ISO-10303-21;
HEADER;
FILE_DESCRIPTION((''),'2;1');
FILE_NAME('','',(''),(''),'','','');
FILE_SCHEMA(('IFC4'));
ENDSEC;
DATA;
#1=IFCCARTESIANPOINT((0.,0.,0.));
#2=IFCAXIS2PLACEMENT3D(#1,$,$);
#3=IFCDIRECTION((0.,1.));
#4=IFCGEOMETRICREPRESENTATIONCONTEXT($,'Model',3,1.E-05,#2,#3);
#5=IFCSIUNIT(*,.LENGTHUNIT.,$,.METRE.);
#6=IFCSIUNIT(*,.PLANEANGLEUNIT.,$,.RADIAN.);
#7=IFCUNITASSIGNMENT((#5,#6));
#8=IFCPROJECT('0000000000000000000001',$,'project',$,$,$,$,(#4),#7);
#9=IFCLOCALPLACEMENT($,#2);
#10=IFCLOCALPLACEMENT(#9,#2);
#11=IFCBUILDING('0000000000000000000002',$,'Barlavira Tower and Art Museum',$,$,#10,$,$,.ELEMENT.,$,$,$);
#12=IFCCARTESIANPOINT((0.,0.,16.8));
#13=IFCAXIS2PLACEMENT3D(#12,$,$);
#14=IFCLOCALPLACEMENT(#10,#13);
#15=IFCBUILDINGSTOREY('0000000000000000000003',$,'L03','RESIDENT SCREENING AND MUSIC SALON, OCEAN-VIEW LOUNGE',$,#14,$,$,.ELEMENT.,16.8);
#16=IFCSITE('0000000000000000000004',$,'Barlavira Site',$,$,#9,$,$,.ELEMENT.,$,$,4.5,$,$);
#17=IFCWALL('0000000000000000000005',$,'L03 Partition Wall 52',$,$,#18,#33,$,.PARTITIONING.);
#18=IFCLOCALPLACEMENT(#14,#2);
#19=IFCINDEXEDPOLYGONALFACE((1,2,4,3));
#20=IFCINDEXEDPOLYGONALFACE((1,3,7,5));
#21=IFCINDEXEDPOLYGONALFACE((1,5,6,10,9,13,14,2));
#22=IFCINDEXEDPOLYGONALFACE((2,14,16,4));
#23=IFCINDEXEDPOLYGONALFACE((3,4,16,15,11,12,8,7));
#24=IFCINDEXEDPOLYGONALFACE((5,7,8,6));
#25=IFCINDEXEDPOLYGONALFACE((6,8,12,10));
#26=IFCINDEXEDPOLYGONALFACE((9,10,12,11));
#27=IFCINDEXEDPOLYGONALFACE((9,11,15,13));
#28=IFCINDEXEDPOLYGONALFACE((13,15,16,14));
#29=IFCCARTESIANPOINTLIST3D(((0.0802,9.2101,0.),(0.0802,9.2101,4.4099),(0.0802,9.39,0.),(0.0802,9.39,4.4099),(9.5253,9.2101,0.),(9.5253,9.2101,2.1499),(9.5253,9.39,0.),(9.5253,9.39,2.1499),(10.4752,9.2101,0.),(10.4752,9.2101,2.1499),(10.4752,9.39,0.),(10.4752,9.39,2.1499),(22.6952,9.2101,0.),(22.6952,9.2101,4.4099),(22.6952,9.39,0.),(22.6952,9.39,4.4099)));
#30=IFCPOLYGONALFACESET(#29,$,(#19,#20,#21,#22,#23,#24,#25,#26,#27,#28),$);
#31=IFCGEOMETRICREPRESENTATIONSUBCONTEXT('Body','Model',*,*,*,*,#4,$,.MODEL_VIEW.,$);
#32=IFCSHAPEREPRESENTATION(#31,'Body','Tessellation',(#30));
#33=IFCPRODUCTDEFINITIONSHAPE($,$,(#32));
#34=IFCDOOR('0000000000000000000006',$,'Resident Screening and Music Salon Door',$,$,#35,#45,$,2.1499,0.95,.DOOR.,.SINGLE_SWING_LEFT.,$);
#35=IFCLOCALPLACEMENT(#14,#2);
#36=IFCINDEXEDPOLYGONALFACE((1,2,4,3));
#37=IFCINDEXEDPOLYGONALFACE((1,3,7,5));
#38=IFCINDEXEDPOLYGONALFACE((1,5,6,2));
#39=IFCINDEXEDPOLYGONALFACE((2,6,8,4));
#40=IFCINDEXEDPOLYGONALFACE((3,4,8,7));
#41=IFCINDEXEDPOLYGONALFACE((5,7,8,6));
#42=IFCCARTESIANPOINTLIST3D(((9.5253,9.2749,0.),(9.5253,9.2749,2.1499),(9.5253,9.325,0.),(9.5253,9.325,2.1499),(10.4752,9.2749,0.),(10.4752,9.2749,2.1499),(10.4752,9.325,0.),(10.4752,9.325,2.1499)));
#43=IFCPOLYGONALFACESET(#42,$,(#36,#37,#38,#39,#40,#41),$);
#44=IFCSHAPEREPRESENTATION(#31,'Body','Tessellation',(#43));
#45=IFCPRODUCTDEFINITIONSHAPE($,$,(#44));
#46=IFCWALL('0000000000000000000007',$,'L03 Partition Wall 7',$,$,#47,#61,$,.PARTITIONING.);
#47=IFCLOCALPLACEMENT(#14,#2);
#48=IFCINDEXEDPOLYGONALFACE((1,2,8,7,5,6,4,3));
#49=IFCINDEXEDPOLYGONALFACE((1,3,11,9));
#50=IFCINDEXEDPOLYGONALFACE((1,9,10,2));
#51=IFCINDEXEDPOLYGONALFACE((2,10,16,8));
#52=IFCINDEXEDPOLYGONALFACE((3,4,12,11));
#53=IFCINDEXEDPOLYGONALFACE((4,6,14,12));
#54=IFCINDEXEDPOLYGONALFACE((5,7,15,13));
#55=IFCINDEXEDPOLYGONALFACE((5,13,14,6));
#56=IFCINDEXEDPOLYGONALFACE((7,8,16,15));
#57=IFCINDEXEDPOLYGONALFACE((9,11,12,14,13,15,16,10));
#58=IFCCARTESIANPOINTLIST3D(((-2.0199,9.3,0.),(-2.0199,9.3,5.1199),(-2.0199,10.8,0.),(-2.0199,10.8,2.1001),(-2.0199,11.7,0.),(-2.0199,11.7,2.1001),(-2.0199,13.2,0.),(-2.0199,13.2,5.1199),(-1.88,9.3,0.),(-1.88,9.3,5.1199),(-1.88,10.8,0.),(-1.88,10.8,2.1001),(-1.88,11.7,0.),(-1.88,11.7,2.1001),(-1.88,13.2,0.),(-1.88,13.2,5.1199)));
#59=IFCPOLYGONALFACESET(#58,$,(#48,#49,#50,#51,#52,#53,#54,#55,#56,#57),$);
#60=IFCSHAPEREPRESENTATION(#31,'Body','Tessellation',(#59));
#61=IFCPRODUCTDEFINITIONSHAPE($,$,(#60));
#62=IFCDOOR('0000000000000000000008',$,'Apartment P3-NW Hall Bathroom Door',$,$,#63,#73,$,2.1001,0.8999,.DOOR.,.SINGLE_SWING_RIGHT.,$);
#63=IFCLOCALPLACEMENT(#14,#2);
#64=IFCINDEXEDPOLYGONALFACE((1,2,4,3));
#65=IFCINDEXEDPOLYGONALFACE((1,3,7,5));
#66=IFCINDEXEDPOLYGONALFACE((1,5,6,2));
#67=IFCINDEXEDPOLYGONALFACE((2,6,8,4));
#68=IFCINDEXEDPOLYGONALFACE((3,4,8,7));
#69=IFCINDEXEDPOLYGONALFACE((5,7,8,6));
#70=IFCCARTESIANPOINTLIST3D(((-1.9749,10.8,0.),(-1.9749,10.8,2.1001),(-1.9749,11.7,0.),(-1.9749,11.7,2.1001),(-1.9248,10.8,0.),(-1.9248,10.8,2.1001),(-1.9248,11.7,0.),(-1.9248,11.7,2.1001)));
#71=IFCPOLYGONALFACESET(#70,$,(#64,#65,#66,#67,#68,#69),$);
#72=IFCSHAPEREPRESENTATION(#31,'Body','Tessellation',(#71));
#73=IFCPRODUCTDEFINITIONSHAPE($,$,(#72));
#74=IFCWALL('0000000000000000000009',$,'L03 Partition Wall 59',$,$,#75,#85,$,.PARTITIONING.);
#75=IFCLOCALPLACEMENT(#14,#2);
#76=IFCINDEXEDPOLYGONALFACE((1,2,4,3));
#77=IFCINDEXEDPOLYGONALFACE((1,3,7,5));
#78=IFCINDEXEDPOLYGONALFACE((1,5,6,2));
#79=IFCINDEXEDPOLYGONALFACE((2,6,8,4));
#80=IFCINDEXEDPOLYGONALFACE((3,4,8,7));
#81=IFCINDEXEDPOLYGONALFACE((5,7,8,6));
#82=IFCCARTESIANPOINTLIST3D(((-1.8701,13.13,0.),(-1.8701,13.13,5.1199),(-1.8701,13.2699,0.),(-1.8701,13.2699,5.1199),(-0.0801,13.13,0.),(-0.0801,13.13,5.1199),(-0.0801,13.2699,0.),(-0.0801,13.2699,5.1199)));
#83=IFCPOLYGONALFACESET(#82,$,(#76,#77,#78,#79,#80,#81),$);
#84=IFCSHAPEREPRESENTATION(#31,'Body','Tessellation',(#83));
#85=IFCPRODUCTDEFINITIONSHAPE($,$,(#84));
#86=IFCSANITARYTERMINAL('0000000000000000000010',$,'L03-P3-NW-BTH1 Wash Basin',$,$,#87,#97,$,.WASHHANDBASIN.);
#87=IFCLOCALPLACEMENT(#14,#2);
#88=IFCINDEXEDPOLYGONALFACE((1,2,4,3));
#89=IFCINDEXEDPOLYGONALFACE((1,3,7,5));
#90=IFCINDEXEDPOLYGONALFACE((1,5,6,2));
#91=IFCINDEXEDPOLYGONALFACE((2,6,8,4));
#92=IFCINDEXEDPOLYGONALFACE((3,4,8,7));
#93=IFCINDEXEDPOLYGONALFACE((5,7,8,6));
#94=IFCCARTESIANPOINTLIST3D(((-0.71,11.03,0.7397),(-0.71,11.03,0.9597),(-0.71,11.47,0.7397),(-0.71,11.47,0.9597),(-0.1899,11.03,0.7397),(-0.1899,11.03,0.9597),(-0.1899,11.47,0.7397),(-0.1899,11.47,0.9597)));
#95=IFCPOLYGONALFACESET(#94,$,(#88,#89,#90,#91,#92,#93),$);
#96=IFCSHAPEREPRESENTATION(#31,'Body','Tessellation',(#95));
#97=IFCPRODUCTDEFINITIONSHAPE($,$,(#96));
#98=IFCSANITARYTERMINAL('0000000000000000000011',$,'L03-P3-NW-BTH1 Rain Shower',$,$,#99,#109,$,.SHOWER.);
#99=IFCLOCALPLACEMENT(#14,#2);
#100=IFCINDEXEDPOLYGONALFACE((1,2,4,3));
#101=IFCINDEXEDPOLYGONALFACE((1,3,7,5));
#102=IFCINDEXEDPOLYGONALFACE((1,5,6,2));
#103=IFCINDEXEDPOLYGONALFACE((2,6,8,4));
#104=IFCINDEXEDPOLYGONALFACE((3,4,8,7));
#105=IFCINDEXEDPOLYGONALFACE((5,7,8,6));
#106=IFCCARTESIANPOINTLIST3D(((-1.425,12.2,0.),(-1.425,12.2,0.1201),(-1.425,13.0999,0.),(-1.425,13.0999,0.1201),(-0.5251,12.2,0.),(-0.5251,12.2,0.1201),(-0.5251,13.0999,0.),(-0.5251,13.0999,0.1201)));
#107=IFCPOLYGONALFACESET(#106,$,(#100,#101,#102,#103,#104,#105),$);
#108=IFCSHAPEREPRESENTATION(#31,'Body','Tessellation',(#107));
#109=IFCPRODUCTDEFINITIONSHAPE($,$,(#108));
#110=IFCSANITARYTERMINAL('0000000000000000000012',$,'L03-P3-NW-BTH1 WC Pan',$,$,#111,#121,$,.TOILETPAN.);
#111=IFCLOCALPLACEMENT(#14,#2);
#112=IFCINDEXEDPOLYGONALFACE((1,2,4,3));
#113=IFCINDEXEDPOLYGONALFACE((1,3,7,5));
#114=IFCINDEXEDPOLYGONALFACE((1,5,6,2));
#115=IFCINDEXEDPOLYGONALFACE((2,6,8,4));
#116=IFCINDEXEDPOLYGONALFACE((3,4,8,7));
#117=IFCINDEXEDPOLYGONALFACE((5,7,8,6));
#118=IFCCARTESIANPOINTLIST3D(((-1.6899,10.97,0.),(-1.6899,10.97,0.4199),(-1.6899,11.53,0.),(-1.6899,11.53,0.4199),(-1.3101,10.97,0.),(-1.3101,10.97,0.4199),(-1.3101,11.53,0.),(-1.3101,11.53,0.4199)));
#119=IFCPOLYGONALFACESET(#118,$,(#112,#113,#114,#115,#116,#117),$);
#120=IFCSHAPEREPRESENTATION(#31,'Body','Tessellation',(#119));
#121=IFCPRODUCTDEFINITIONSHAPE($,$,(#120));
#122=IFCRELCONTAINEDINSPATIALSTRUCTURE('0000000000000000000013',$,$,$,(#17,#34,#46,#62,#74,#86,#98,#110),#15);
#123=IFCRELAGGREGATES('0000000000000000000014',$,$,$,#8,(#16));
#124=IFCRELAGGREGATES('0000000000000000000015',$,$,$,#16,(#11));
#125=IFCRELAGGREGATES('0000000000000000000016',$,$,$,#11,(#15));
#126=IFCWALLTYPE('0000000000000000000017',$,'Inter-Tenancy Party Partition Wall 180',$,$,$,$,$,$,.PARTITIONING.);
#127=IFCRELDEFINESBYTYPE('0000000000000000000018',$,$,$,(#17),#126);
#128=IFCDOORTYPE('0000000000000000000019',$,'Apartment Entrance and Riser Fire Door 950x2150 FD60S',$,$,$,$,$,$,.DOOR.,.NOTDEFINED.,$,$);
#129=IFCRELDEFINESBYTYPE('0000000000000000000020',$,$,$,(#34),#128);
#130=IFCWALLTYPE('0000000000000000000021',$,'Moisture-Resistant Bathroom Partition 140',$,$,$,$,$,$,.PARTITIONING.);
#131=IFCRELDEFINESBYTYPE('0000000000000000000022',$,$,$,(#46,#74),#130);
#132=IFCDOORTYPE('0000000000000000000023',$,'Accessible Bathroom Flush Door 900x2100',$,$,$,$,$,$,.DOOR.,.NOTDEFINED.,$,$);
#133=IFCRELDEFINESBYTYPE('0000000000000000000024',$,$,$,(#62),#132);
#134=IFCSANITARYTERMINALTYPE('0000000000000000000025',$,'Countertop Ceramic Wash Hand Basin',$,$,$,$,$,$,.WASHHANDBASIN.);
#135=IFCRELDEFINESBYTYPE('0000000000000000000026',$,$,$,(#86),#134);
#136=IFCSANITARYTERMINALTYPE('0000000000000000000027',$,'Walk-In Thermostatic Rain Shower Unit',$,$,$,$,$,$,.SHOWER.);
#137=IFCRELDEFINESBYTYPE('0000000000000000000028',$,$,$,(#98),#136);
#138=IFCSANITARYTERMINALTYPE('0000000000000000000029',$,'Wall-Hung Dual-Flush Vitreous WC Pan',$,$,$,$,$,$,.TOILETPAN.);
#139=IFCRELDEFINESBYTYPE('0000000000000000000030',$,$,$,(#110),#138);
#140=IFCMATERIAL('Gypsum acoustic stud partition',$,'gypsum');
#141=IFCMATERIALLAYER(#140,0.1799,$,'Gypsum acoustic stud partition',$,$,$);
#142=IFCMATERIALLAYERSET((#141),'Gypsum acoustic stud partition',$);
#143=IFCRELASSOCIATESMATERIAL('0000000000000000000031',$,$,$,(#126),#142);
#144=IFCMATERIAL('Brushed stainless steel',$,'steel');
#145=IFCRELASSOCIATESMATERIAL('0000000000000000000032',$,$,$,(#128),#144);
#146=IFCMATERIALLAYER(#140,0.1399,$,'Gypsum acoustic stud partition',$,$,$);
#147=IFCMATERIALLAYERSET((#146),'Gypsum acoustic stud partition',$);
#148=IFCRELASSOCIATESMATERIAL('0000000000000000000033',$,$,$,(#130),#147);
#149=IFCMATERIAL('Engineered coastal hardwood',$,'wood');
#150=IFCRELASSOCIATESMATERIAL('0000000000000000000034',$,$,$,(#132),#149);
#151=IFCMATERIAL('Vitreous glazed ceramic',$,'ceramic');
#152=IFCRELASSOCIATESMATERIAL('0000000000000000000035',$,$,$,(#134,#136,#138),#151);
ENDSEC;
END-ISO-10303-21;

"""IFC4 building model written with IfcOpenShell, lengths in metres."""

from ifc_helpers import new_model, si_unit, direction, frame, frame_2d, origin, origin_2d, place, context, subcontext, project, spatial, rectangle, extrude, material, layer, layer_set, type_object, element, fill, save


model = new_model("IFC4")

# Units and contexts
model_context = context("Model", 3, precision=1e-05, world=origin(), true_north=direction((0.0, 1.0)))
body_context = subcontext(model_context, "Body", "Model", "MODEL_VIEW")
ifc_project = project(units=[si_unit("LENGTHUNIT", "METRE"), si_unit("PLANEANGLEUNIT", "RADIAN")], contexts=[model_context])

# Site, building, storey
site_placement = place(None, origin())
site = spatial("IfcSite", under=ifc_project, at=site_placement, Name="Barlavira Site", CompositionType="ELEMENT", RefElevation=4.5)
building_placement = place(site_placement, origin())
building = spatial("IfcBuilding", under=site, at=building_placement, Name="Barlavira Tower and Art Museum", CompositionType="ELEMENT")
storey_placement = place(building_placement, frame((0.0, 0.0, 16.8)))
storey = spatial("IfcBuildingStorey", under=building, at=storey_placement, Name="L03", Description="RESIDENT SCREENING AND MUSIC SALON, OCEAN-VIEW LOUNGE", CompositionType="ELEMENT", Elevation=16.8)

# Shared definitions
ifc_material_1 = material(Name="Gypsum acoustic stud partition", Category="gypsum")
ifc_layer_1 = layer(ifc_material_1, 0.1799, Name="Gypsum acoustic stud partition")
ifc_layer_set_1 = layer_set([ifc_layer_1], Name="Gypsum acoustic stud partition")
wall_type_1 = type_object("IfcWallType", Name="Inter-Tenancy Party Partition Wall 180", PredefinedType="PARTITIONING", material=ifc_layer_set_1)

# Walls, openings, doors
wall_1_placement = place(storey_placement, frame((0.0801, 9.3, 0.0), z_axis=(0.0, 0.0, 1.0), x_axis=(1.0, 0.0, 0.0)))
wall_1 = element("IfcWall", 1, at=wall_1_placement, inside=storey, type_object=wall_type_1, Name="L03 Partition Wall 52", PredefinedType="PARTITIONING", context=body_context, shape_type="SweptSolid", body=[
    extrude(rectangle(XDim=22.615, YDim=0.1799, at=frame_2d((11.3076, 0.0))), origin(), (0.0, 0.0, 1.0), 4.4099),
])
opening_1_placement = place(wall_1_placement, frame((9.4451, 0.0, 0.0)))
opening_1 = element("IfcOpeningElement", 2, at=opening_1_placement, cuts=wall_1, PredefinedType="OPENING", context=body_context, shape_type="SweptSolid", body=[
    extrude(rectangle(XDim=0.95, YDim=2.1499, at=frame_2d((0.4751, 1.075))), frame((0.0, 0.1001, 0.0), z_axis=(0.0, -1.0, 0.0), x_axis=(1.0, 0.0, 0.0)), (0.0, 0.0, 1.0), 0.2),
])
ifc_material_2 = material(Name="Brushed stainless steel", Category="steel")
door_type_1 = type_object("IfcDoorType", Name="Apartment Entrance and Riser Fire Door 950x2150 FD60S", OperationType="NOTDEFINED", PredefinedType="DOOR", material=ifc_material_2)
door_1_placement = place(opening_1_placement, origin())
door_1 = element("IfcDoor", 3, at=door_1_placement, inside=storey, type_object=door_type_1, Name="Resident Screening and Music Salon Door", OperationType="SINGLE_SWING_LEFT", OverallHeight=2.1499, OverallWidth=0.95, PredefinedType="DOOR", context=body_context, shape_type="SweptSolid", body=[
    extrude(rectangle(XDim=0.95, YDim=2.1499, at=frame_2d((0.4751, 1.075))), frame((0.0, 0.0249, 0.0), z_axis=(0.0, -1.0, 0.0), x_axis=(1.0, 0.0, 0.0)), (0.0, 0.0, 1.0), 0.05),
])
fill(opening_1, door_1)
ifc_layer_2 = layer(ifc_material_1, 0.1399, Name="Gypsum acoustic stud partition")
ifc_layer_set_2 = layer_set([ifc_layer_2], Name="Gypsum acoustic stud partition")
wall_type_2 = type_object("IfcWallType", Name="Moisture-Resistant Bathroom Partition 140", PredefinedType="PARTITIONING", material=ifc_layer_set_2)
wall_2_placement = place(storey_placement, frame((-1.95, 9.3, 0.0), z_axis=(0.0, 0.0, 1.0), x_axis=(0.0, 1.0, 0.0)))
wall_2 = element("IfcWall", 4, at=wall_2_placement, inside=storey, type_object=wall_type_2, Name="L03 Partition Wall 7", PredefinedType="PARTITIONING", context=body_context, shape_type="SweptSolid", body=[
    extrude(rectangle(XDim=3.8999, YDim=0.1399, at=frame_2d((1.95, 0.0))), origin(), (0.0, 0.0, 1.0), 5.1199),
])
opening_2_placement = place(wall_2_placement, frame((1.5, 0.0, 0.0)))
opening_2 = element("IfcOpeningElement", 5, at=opening_2_placement, cuts=wall_2, PredefinedType="OPENING", context=body_context, shape_type="SweptSolid", body=[
    extrude(rectangle(XDim=0.8999, YDim=2.1001, at=frame_2d((0.45, 1.05))), frame((0.0, 0.0801, 0.0), z_axis=(0.0, -1.0, 0.0), x_axis=(1.0, 0.0, 0.0)), (0.0, 0.0, 1.0), 0.1599),
])
ifc_material_3 = material(Name="Engineered coastal hardwood", Category="wood")
door_type_2 = type_object("IfcDoorType", Name="Accessible Bathroom Flush Door 900x2100", OperationType="NOTDEFINED", PredefinedType="DOOR", material=ifc_material_3)
door_2_placement = place(opening_2_placement, origin())
door_2 = element("IfcDoor", 6, at=door_2_placement, inside=storey, type_object=door_type_2, Name="Apartment P3-NW Hall Bathroom Door", OperationType="SINGLE_SWING_RIGHT", OverallHeight=2.1001, OverallWidth=0.8999, PredefinedType="DOOR", context=body_context, shape_type="SweptSolid", body=[
    extrude(rectangle(XDim=0.8999, YDim=2.1001, at=frame_2d((0.45, 1.05))), frame((0.0, 0.0249, 0.0), z_axis=(0.0, -1.0, 0.0), x_axis=(1.0, 0.0, 0.0)), (0.0, 0.0, 1.0), 0.05),
])
fill(opening_2, door_2)

# Wall
wall_3_placement = place(storey_placement, frame((-1.8701, 13.2, 0.0), z_axis=(0.0, 0.0, 1.0), x_axis=(1.0, 0.0, 0.0)))
element("IfcWall", 7, at=wall_3_placement, inside=storey, type_object=wall_type_2, Name="L03 Partition Wall 59", PredefinedType="PARTITIONING", context=body_context, shape_type="SweptSolid", body=[
    extrude(rectangle(XDim=1.79, YDim=0.1399, at=frame_2d((0.895, 0.0))), origin(), (0.0, 0.0, 1.0), 5.1199),
])

# Sanitary terminals
ifc_material_4 = material(Name="Vitreous glazed ceramic", Category="ceramic")
sanitary_terminal_type_1 = type_object("IfcSanitaryTerminalType", Name="Countertop Ceramic Wash Hand Basin", PredefinedType="WASHHANDBASIN", material=ifc_material_4)
sanitary_terminal_1_placement = place(storey_placement, frame((-0.45, 11.25, 0.7397), z_axis=(0.0, 0.0, 1.0), x_axis=(1.0, 0.0, 0.0)))
element("IfcSanitaryTerminal", 8, at=sanitary_terminal_1_placement, inside=storey, type_object=sanitary_terminal_type_1, Name="L03-P3-NW-BTH1 Wash Basin", PredefinedType="WASHHANDBASIN", context=body_context, shape_type="SweptSolid", body=[
    extrude(rectangle(XDim=0.52, YDim=0.4399, at=origin_2d()), origin(), (0.0, 0.0, 1.0), 0.22),
])
sanitary_terminal_type_2 = type_object("IfcSanitaryTerminalType", Name="Walk-In Thermostatic Rain Shower Unit", PredefinedType="SHOWER", material=ifc_material_4)
sanitary_terminal_2_placement = place(storey_placement, frame((-0.9751, 12.6499, 0.0), z_axis=(0.0, 0.0, 1.0), x_axis=(1.0, 0.0, 0.0)))
element("IfcSanitaryTerminal", 9, at=sanitary_terminal_2_placement, inside=storey, type_object=sanitary_terminal_type_2, Name="L03-P3-NW-BTH1 Rain Shower", PredefinedType="SHOWER", context=body_context, shape_type="SweptSolid", body=[
    extrude(rectangle(XDim=0.8999, YDim=0.8999, at=origin_2d()), origin(), (0.0, 0.0, 1.0), 0.1201),
])
sanitary_terminal_type_3 = type_object("IfcSanitaryTerminalType", Name="Wall-Hung Dual-Flush Vitreous WC Pan", PredefinedType="TOILETPAN", material=ifc_material_4)
sanitary_terminal_3_placement = place(storey_placement, frame((-1.5, 11.25, 0.0), z_axis=(0.0, 0.0, 1.0), x_axis=(1.0, 0.0, 0.0)))
element("IfcSanitaryTerminal", 10, at=sanitary_terminal_3_placement, inside=storey, type_object=sanitary_terminal_type_3, Name="L03-P3-NW-BTH1 WC Pan", PredefinedType="TOILETPAN", context=body_context, shape_type="SweptSolid", body=[
    extrude(rectangle(XDim=0.3799, YDim=0.5601, at=origin_2d()), origin(), (0.0, 0.0, 1.0), 0.4199),
])

save(model, "model.ifc")
